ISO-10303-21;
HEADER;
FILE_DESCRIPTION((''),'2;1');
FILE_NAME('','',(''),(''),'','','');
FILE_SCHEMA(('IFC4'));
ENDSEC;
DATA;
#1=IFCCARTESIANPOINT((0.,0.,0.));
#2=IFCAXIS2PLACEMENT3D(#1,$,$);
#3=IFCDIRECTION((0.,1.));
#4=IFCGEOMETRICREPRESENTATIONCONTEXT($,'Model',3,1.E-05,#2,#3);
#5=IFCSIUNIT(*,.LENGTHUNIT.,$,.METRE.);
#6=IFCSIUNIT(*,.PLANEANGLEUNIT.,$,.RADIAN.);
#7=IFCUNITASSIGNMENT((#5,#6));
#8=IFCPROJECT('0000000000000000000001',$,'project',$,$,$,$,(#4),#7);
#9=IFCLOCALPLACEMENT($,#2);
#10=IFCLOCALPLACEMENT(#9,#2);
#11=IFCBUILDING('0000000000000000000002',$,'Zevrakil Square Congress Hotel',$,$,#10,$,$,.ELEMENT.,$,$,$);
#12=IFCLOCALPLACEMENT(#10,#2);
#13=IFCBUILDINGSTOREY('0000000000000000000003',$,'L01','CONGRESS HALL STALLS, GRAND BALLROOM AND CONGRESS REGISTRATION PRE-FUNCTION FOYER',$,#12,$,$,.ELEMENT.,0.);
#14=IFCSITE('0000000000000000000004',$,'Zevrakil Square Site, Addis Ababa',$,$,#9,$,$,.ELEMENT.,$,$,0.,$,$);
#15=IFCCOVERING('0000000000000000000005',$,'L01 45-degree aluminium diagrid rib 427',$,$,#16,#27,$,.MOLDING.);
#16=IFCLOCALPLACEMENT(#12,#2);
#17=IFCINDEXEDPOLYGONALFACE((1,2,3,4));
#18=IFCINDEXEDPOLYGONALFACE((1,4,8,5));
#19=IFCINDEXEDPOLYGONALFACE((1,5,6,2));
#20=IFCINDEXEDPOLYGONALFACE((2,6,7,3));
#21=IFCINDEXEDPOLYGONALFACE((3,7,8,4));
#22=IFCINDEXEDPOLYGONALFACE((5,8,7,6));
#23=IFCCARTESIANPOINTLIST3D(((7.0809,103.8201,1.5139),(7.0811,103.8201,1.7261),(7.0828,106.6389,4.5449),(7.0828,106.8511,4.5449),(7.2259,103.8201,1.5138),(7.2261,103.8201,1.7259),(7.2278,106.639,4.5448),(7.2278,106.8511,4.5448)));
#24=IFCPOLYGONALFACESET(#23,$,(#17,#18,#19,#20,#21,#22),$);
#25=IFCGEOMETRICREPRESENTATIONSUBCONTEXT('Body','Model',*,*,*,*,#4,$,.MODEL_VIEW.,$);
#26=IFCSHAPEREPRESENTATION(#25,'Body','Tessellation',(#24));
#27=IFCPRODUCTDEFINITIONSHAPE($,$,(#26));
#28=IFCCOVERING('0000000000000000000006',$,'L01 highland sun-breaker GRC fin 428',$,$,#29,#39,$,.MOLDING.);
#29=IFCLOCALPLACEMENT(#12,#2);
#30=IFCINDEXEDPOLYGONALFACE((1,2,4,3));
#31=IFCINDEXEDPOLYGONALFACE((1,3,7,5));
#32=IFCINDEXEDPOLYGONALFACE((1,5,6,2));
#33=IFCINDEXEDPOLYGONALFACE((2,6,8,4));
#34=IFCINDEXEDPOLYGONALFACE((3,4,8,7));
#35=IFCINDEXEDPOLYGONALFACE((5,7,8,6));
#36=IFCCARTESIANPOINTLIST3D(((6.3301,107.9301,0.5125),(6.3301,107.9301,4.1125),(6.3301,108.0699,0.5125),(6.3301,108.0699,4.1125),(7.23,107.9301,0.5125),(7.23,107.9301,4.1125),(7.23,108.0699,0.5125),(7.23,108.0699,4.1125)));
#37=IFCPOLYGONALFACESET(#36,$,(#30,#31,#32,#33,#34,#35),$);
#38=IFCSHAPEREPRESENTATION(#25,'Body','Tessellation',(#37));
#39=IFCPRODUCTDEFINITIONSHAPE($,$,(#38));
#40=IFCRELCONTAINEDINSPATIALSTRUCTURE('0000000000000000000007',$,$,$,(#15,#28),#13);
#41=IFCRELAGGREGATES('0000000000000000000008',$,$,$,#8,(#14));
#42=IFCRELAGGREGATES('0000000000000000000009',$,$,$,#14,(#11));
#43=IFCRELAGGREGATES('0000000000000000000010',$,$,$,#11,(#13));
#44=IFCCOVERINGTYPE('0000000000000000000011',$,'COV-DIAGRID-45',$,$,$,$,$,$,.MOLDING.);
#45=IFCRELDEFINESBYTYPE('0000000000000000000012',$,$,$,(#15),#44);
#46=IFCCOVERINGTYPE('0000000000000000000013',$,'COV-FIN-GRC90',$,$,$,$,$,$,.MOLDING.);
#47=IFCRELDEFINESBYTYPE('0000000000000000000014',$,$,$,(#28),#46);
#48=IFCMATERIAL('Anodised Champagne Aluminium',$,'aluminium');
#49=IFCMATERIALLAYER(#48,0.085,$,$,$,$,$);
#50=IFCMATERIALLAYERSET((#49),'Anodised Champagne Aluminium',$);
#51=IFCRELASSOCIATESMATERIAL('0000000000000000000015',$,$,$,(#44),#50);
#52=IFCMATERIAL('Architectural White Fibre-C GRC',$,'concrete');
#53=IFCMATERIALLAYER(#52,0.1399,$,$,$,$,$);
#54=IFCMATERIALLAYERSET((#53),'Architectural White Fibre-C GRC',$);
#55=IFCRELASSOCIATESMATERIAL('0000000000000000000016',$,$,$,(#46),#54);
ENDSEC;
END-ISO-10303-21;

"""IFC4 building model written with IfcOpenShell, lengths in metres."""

from ifc_helpers import new_model, si_unit, direction, frame, origin, origin_2d, place, context, subcontext, project, spatial, polyline, rectangle, outline, extrude, material, layer, layer_set, type_object, element, save


model = new_model("IFC4")

# Units and contexts
model_context = context("Model", 3, precision=1e-05, world=origin(), true_north=direction((0.0, 1.0)))
body_context = subcontext(model_context, "Body", "Model", "MODEL_VIEW")
ifc_project = project(units=[si_unit("LENGTHUNIT", "METRE"), si_unit("PLANEANGLEUNIT", "RADIAN")], contexts=[model_context])

# Site, building, storey
site_placement = place(None, origin())
site = spatial("IfcSite", under=ifc_project, at=site_placement, Name="Zevrakil Square Site, Addis Ababa", CompositionType="ELEMENT", RefElevation=0.0)
building_placement = place(site_placement, origin())
building = spatial("IfcBuilding", under=site, at=building_placement, Name="Zevrakil Square Congress Hotel", CompositionType="ELEMENT")
storey_placement = place(building_placement, origin())
storey = spatial("IfcBuildingStorey", under=building, at=storey_placement, Name="L01", Description="CONGRESS HALL STALLS, GRAND BALLROOM AND CONGRESS REGISTRATION PRE-FUNCTION FOYER", CompositionType="ELEMENT", Elevation=0.0)

# Coverings
ifc_material_1 = material(Name="Anodised Champagne Aluminium", Category="aluminium")
ifc_layer_1 = layer(ifc_material_1, 0.085)
ifc_layer_set_1 = layer_set([ifc_layer_1], Name="Anodised Champagne Aluminium")
covering_type_1 = type_object("IfcCoveringType", Name="COV-DIAGRID-45", PredefinedType="MOLDING", material=ifc_layer_set_1)
covering_1_placement = place(storey_placement, frame((7.0828, 106.8511, 4.5449), z_axis=(-1.0, -0.000262, 0.000888), x_axis=(0.000262, -1.0, 0.0)))
element("IfcCovering", 1, at=covering_1_placement, inside=storey, type_object=covering_type_1, Name="L01 45-degree aluminium diagrid rib 427", PredefinedType="MOLDING", context=body_context, shape_type="SweptSolid", body=[
    extrude(outline(polyline([(0.0, 0.0), (0.2122, 0.0), (3.031, -2.8188), (3.031, -3.031), (0.0, 0.0)])), origin(), (0.0, 0.0, -1.0), 0.145),
])
ifc_material_2 = material(Name="Architectural White Fibre-C GRC", Category="concrete")
ifc_layer_2 = layer(ifc_material_2, 0.1399)
ifc_layer_set_2 = layer_set([ifc_layer_2], Name="Architectural White Fibre-C GRC")
covering_type_2 = type_object("IfcCoveringType", Name="COV-FIN-GRC90", PredefinedType="MOLDING", material=ifc_layer_set_2)
covering_2_placement = place(storey_placement, frame((6.78, 108.0, 0.5125), z_axis=(0.0, 0.0, 1.0), x_axis=(-1.0, 0.0, 0.0)))
element("IfcCovering", 2, at=covering_2_placement, inside=storey, type_object=covering_type_2, Name="L01 highland sun-breaker GRC fin 428", PredefinedType="MOLDING", context=body_context, shape_type="SweptSolid", body=[
    extrude(rectangle(XDim=0.8999, YDim=0.1399, at=origin_2d()), origin(), (0.0, 0.0, 1.0), 3.6001),
])

save(model, "model.ifc")
